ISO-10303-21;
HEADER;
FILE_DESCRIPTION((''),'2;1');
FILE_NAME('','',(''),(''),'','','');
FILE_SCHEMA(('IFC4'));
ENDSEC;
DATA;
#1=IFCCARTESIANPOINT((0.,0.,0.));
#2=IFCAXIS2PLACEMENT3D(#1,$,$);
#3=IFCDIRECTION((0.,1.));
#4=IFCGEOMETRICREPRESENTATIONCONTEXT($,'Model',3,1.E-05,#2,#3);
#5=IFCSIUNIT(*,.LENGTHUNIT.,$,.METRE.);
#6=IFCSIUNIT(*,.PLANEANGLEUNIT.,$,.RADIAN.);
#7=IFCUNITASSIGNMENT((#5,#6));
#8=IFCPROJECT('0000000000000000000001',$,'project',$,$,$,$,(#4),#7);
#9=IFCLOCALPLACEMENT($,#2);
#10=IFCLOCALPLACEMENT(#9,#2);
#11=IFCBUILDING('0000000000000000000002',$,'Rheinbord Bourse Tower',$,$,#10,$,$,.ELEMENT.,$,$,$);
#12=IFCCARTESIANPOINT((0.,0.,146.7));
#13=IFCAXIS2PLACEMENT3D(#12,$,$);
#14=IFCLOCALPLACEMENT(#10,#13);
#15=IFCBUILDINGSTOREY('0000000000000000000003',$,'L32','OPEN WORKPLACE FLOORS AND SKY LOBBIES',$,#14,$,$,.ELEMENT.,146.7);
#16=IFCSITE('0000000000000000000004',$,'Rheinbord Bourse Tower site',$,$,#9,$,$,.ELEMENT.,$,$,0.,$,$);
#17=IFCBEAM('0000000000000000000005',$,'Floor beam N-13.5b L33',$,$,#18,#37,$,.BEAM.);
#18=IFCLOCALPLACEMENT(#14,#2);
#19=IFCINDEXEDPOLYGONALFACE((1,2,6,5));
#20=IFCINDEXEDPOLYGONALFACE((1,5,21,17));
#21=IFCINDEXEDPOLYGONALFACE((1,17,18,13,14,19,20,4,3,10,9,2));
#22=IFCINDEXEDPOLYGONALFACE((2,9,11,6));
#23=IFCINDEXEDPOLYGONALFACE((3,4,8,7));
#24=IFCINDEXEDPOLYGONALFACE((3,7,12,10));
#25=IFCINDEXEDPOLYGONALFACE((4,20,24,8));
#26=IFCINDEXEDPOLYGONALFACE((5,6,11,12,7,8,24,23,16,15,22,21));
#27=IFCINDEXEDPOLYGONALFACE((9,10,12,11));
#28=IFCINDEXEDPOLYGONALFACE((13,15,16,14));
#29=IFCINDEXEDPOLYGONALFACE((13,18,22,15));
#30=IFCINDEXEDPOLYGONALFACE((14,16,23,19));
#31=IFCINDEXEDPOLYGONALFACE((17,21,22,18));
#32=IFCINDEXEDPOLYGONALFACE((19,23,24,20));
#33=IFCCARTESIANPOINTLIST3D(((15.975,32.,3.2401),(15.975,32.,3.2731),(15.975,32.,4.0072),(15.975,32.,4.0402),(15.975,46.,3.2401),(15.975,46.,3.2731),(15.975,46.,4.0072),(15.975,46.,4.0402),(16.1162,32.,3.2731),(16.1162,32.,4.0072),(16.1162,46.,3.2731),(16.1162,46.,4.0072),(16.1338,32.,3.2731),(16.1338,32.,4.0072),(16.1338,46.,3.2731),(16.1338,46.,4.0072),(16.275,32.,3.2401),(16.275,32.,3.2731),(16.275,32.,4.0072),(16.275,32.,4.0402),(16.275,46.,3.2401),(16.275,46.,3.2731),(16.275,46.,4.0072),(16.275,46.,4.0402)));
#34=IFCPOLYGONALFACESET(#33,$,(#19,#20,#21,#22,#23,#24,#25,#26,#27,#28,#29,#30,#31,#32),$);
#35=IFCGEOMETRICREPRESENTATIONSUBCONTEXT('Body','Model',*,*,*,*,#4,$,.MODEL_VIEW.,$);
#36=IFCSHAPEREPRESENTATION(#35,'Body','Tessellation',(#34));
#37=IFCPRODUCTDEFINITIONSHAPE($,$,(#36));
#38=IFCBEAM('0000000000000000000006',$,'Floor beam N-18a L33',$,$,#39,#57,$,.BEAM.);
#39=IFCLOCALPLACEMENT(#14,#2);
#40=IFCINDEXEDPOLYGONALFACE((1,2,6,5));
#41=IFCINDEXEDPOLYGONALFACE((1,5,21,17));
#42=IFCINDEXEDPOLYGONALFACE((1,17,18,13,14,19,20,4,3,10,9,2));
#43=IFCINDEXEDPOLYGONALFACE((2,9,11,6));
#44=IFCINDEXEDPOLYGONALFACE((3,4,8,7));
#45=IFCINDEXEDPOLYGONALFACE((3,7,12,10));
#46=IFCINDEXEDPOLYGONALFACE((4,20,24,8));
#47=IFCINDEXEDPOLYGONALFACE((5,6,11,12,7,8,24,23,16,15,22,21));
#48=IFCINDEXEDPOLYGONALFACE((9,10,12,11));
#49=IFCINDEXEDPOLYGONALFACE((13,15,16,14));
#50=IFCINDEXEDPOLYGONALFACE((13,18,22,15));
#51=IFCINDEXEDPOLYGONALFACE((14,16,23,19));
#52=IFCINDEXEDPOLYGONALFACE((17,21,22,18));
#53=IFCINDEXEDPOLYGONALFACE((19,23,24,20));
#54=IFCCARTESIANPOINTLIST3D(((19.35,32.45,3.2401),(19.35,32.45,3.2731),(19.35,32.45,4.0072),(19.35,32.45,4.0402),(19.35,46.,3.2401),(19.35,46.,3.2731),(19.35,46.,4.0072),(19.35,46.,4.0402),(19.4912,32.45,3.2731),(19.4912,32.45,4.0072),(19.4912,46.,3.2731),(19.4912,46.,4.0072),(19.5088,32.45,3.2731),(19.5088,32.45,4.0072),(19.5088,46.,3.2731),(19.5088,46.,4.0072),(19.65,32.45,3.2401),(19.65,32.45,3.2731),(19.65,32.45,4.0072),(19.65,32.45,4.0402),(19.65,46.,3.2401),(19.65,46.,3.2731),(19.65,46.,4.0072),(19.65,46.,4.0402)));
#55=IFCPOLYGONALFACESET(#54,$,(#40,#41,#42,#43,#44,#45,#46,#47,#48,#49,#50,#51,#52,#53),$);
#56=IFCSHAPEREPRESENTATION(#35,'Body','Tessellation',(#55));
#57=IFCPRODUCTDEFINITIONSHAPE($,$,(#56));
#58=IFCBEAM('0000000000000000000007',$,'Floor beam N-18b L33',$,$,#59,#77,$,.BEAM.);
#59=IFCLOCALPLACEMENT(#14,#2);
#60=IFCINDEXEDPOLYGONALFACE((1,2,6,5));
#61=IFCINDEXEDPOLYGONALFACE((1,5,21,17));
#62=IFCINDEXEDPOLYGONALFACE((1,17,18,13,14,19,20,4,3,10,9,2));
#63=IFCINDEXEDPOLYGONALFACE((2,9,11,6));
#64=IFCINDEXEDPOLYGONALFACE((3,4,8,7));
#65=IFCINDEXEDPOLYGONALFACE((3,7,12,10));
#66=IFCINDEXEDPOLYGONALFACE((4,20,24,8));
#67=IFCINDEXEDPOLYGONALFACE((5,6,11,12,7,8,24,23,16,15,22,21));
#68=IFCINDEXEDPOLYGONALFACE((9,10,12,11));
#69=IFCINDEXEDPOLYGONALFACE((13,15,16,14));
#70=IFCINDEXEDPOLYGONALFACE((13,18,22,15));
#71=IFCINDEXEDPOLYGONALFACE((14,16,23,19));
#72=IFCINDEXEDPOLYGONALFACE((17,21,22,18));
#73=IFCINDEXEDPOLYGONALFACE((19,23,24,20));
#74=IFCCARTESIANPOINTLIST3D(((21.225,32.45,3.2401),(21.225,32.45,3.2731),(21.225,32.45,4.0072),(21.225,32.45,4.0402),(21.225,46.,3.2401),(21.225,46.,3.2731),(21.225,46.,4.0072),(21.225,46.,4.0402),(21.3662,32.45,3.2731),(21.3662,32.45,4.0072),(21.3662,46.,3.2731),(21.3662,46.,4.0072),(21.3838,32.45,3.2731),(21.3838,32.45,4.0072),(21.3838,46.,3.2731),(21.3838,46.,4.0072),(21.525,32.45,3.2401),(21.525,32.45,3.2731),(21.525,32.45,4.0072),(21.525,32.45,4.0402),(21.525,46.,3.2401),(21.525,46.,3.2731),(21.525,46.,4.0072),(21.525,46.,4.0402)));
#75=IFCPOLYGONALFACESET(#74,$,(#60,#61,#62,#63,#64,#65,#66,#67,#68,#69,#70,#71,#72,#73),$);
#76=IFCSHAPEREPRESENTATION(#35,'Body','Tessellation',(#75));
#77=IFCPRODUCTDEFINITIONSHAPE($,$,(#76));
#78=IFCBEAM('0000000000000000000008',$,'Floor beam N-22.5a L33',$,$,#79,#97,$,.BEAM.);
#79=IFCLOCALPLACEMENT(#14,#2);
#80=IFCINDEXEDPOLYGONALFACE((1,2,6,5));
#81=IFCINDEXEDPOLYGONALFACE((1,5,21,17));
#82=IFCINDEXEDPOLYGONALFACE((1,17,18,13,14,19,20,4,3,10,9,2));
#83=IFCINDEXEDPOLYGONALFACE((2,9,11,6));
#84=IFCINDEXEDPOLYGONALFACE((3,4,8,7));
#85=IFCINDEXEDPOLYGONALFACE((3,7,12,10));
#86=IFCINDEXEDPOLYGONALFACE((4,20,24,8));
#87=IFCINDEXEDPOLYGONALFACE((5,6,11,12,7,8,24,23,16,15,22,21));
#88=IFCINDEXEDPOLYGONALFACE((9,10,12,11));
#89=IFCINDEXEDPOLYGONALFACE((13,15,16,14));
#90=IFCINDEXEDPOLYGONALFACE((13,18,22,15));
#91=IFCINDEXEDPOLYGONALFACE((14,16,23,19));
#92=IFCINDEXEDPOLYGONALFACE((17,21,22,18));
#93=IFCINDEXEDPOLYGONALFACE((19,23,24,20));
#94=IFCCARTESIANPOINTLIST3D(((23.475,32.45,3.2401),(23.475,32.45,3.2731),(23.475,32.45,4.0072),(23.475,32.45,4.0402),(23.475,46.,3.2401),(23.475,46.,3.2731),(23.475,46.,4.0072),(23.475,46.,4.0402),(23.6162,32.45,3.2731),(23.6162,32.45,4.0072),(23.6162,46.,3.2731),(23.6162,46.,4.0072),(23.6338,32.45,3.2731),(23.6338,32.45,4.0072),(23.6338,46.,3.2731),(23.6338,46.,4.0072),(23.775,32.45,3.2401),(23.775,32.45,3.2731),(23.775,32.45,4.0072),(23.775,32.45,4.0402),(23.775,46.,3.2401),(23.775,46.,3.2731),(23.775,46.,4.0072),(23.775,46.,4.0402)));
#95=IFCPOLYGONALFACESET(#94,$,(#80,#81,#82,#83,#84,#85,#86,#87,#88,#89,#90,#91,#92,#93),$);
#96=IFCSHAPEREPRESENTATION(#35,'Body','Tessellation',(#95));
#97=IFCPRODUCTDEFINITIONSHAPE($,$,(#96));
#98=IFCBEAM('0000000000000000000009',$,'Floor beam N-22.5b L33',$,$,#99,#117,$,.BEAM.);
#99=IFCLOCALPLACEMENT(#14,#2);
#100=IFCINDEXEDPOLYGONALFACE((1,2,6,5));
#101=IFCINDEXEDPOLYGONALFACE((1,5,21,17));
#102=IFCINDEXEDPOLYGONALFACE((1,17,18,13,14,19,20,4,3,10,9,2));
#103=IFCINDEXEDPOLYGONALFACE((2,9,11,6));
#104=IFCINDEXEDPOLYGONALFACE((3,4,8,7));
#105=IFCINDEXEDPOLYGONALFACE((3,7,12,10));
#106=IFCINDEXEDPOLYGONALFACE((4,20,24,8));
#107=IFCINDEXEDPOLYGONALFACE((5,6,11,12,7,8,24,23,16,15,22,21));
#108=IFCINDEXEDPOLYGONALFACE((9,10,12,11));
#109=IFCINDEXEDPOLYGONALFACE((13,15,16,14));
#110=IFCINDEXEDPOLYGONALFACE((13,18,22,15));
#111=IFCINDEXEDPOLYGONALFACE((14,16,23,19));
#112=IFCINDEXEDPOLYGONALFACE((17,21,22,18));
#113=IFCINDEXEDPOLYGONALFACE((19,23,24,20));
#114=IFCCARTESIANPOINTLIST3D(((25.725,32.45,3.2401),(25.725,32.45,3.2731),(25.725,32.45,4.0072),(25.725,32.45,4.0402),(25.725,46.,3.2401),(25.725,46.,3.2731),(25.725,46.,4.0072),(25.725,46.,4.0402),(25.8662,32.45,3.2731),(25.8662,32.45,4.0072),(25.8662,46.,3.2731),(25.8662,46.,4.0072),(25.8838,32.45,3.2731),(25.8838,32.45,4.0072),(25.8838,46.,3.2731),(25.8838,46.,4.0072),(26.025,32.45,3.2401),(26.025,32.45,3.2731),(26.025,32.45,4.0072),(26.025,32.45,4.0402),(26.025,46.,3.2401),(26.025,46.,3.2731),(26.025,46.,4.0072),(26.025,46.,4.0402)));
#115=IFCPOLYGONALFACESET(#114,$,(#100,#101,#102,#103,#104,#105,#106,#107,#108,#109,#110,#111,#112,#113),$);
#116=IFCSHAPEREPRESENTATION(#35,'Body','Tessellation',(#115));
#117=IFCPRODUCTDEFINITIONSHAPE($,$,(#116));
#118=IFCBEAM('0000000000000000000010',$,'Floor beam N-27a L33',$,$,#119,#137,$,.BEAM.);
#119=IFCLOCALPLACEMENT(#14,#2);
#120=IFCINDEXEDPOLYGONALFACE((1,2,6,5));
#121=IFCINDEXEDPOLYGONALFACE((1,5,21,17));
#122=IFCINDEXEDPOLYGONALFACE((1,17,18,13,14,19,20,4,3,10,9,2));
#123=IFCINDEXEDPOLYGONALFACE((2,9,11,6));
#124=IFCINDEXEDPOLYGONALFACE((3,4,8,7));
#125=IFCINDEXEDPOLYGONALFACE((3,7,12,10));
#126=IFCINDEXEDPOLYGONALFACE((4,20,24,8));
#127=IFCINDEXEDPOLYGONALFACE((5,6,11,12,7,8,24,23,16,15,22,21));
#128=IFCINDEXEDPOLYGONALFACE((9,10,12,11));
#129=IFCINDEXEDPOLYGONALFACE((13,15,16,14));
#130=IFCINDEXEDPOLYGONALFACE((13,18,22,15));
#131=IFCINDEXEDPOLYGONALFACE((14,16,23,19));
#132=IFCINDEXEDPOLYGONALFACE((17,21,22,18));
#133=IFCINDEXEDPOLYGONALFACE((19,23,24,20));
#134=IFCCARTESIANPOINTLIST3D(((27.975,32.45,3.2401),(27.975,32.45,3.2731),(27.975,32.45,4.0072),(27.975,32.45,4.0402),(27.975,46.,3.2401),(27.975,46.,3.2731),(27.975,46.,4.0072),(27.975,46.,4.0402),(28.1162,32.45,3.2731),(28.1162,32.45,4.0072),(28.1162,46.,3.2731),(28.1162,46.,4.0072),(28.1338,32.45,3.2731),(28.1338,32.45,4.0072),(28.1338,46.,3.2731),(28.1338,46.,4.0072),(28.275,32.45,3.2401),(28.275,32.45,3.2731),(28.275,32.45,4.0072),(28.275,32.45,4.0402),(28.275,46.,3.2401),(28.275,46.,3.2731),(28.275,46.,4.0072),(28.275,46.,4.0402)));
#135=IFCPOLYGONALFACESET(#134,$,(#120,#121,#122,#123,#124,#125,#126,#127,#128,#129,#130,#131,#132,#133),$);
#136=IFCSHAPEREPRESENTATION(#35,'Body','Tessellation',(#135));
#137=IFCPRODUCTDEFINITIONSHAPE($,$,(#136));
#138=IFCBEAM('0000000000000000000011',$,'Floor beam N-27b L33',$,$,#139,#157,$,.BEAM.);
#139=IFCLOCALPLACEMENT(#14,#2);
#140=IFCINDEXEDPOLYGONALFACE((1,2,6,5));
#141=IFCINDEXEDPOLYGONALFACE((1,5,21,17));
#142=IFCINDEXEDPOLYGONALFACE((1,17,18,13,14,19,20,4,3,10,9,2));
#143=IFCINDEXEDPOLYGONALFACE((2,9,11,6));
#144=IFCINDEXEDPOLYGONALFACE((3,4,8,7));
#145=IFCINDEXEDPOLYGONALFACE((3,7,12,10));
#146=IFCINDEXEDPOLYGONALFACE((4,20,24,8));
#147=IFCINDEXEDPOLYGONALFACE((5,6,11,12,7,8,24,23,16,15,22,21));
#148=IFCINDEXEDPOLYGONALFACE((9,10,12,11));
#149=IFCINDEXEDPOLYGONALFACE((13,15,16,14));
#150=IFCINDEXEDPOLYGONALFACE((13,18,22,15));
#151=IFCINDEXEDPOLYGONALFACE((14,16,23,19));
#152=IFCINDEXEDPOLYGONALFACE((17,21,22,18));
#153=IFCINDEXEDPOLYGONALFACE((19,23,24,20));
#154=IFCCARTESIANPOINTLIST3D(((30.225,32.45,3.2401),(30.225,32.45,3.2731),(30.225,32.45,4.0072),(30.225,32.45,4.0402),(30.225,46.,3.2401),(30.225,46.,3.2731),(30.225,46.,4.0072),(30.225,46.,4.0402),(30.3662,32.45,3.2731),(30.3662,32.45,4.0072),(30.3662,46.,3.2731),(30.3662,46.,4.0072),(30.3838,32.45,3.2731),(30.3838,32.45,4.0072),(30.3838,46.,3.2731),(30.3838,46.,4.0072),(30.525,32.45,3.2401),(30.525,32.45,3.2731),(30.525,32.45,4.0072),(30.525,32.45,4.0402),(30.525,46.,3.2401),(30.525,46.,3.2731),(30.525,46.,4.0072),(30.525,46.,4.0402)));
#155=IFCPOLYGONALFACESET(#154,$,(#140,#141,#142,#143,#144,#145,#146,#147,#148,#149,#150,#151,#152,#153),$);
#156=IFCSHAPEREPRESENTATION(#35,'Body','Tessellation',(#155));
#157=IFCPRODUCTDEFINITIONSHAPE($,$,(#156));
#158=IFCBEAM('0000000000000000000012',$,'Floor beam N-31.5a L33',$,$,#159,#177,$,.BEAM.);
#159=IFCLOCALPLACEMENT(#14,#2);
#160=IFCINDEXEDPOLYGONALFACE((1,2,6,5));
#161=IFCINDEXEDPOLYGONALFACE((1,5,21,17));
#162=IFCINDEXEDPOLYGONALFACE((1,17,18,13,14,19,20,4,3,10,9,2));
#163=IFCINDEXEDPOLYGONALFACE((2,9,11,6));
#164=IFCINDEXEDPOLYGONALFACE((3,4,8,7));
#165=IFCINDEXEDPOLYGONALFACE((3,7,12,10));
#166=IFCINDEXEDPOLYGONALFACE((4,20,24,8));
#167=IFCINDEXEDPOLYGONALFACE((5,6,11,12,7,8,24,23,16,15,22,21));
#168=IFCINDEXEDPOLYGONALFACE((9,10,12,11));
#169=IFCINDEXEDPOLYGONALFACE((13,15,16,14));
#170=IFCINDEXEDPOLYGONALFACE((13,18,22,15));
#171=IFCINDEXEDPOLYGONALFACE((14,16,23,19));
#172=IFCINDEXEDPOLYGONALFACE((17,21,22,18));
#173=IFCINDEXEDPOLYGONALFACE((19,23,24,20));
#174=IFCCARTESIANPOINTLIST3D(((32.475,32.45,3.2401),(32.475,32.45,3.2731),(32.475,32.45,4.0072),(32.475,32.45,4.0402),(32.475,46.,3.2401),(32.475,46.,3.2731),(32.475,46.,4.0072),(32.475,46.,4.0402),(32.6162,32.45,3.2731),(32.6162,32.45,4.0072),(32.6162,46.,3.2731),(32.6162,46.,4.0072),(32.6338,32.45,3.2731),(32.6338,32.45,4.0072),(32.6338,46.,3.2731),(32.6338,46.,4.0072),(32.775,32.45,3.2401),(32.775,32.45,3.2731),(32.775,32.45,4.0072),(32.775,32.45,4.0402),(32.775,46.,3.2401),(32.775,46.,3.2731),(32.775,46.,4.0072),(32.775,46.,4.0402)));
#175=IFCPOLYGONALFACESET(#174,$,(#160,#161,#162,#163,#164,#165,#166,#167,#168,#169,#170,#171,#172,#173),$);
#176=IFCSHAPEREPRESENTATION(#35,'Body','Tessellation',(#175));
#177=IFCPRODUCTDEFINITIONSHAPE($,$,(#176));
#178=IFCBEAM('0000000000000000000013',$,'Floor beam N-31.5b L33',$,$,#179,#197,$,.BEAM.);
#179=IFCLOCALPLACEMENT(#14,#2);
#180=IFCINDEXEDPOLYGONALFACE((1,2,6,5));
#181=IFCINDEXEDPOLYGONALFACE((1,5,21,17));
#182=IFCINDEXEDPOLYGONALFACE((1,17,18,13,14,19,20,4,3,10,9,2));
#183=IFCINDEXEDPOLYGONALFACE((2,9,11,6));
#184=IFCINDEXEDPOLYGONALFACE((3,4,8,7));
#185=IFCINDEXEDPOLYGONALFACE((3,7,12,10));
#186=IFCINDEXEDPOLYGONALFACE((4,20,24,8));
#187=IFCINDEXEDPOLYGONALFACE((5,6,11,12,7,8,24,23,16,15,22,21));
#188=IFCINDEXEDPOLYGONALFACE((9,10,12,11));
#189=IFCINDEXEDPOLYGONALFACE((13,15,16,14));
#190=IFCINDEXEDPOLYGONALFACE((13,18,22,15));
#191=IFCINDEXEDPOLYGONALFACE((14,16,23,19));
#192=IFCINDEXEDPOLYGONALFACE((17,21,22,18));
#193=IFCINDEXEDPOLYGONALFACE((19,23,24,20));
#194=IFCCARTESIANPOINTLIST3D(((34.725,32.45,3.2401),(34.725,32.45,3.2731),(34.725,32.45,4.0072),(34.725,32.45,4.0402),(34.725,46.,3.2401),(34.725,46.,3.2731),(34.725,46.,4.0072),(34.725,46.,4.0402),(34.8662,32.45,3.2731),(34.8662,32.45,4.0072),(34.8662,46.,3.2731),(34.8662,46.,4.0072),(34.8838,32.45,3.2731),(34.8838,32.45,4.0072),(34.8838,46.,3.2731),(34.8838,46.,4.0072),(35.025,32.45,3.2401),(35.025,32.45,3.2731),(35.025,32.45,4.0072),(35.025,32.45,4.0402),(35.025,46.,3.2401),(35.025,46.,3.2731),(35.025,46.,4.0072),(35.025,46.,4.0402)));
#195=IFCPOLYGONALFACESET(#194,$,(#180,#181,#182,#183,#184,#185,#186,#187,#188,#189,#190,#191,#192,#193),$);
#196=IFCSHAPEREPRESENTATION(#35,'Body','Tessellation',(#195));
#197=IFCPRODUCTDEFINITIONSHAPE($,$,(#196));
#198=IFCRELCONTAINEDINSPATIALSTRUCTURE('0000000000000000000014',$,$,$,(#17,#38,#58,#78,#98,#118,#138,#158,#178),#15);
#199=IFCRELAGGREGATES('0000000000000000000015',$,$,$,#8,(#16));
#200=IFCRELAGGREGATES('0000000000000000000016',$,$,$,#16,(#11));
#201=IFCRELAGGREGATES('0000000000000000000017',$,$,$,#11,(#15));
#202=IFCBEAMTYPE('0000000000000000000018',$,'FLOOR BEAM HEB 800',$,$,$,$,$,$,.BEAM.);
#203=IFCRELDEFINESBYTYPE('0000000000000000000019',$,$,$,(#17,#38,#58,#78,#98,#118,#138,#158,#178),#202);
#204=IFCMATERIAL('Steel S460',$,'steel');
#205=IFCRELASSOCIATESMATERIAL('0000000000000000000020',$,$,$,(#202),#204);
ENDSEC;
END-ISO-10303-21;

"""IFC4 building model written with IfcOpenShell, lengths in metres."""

from ifc_helpers import new_model, si_unit, direction, frame, origin, origin_2d, place, context, subcontext, project, spatial, i_section, extrude, material, material_profile, profile_set, type_object, element, save


model = new_model("IFC4")

# Units and contexts
model_context = context("Model", 3, precision=1e-05, world=origin(), true_north=direction((0.0, 1.0)))
body_context = subcontext(model_context, "Body", "Model", "MODEL_VIEW")
ifc_project = project(units=[si_unit("LENGTHUNIT", "METRE"), si_unit("PLANEANGLEUNIT", "RADIAN")], contexts=[model_context])

# Site, building, storey
site_placement = place(None, origin())
site = spatial("IfcSite", under=ifc_project, at=site_placement, Name="Rheinbord Bourse Tower site", CompositionType="ELEMENT", RefElevation=0.0)
building_placement = place(site_placement, origin())
building = spatial("IfcBuilding", under=site, at=building_placement, Name="Rheinbord Bourse Tower", CompositionType="ELEMENT")
storey_placement = place(building_placement, frame((0.0, 0.0, 146.7)))
storey = spatial("IfcBuildingStorey", under=building, at=storey_placement, Name="L32", Description="OPEN WORKPLACE FLOORS AND SKY LOBBIES", CompositionType="ELEMENT", Elevation=146.7)

# Beams
ifc_material_1 = material(Name="Steel S460", Category="steel")
ifc_material_profile_1 = material_profile(ifc_material_1, i_section(OverallWidth=0.3, OverallDepth=0.8, WebThickness=0.0176, FlangeThickness=0.033, at=origin_2d()), Name="HEB 800")
ifc_profile_set_1 = profile_set([ifc_material_profile_1], Name="Steel S460")
beam_type_1 = type_object("IfcBeamType", Name="FLOOR BEAM HEB 800", PredefinedType="BEAM", material=ifc_profile_set_1)
beam_placement = place(storey_placement, frame((16.125, 46.0, 3.6401), z_axis=(0.0, -1.0, 0.0), x_axis=(1.0, 0.0, 0.0)))
element("IfcBeam", 1, at=beam_placement, inside=storey, type_object=beam_type_1, Name="Floor beam N-13.5b L33", PredefinedType="BEAM", context=body_context, shape_type="SweptSolid", body=[
    extrude(i_section(OverallWidth=0.3, OverallDepth=0.8, WebThickness=0.0176, FlangeThickness=0.033, at=origin_2d()), origin(), (0.0, 0.0, 1.0), 14.0),
])
for number, where, z_axis, x_axis, name in (
    (2, (19.5, 46.0, 3.6401), (0.0, -1.0, 0.0), (1.0, 0.0, 0.0), "Floor beam N-18a L33"),
    (3, (21.375, 46.0, 3.6401), (0.0, -1.0, 0.0), (1.0, 0.0, 0.0), "Floor beam N-18b L33"),
    (4, (23.625, 46.0, 3.6401), (0.0, -1.0, 0.0), (1.0, 0.0, 0.0), "Floor beam N-22.5a L33"),
    (5, (25.875, 46.0, 3.6401), (0.0, -1.0, 0.0), (1.0, 0.0, 0.0), "Floor beam N-22.5b L33"),
    (6, (28.125, 46.0, 3.6401), (0.0, -1.0, 0.0), (1.0, 0.0, 0.0), "Floor beam N-27a L33"),
    (7, (30.375, 46.0, 3.6401), (0.0, -1.0, 0.0), (1.0, 0.0, 0.0), "Floor beam N-27b L33"),
    (8, (32.625, 46.0, 3.6401), (0.0, -1.0, 0.0), (1.0, 0.0, 0.0), "Floor beam N-31.5a L33"),
    (9, (34.875, 46.0, 3.6401), (0.0, -1.0, 0.0), (1.0, 0.0, 0.0), "Floor beam N-31.5b L33"),
):
    element("IfcBeam", number, at=place(storey_placement, frame(where, z_axis=z_axis, x_axis=x_axis)), inside=storey, type_object=beam_type_1, Name=name, PredefinedType="BEAM", context=body_context, shape_type="SweptSolid", body=[
        extrude(i_section(OverallWidth=0.3, OverallDepth=0.8, WebThickness=0.0176, FlangeThickness=0.033, at=origin_2d()), origin(), (0.0, 0.0, 1.0), 13.55),
    ])

save(model, "model.ifc")
